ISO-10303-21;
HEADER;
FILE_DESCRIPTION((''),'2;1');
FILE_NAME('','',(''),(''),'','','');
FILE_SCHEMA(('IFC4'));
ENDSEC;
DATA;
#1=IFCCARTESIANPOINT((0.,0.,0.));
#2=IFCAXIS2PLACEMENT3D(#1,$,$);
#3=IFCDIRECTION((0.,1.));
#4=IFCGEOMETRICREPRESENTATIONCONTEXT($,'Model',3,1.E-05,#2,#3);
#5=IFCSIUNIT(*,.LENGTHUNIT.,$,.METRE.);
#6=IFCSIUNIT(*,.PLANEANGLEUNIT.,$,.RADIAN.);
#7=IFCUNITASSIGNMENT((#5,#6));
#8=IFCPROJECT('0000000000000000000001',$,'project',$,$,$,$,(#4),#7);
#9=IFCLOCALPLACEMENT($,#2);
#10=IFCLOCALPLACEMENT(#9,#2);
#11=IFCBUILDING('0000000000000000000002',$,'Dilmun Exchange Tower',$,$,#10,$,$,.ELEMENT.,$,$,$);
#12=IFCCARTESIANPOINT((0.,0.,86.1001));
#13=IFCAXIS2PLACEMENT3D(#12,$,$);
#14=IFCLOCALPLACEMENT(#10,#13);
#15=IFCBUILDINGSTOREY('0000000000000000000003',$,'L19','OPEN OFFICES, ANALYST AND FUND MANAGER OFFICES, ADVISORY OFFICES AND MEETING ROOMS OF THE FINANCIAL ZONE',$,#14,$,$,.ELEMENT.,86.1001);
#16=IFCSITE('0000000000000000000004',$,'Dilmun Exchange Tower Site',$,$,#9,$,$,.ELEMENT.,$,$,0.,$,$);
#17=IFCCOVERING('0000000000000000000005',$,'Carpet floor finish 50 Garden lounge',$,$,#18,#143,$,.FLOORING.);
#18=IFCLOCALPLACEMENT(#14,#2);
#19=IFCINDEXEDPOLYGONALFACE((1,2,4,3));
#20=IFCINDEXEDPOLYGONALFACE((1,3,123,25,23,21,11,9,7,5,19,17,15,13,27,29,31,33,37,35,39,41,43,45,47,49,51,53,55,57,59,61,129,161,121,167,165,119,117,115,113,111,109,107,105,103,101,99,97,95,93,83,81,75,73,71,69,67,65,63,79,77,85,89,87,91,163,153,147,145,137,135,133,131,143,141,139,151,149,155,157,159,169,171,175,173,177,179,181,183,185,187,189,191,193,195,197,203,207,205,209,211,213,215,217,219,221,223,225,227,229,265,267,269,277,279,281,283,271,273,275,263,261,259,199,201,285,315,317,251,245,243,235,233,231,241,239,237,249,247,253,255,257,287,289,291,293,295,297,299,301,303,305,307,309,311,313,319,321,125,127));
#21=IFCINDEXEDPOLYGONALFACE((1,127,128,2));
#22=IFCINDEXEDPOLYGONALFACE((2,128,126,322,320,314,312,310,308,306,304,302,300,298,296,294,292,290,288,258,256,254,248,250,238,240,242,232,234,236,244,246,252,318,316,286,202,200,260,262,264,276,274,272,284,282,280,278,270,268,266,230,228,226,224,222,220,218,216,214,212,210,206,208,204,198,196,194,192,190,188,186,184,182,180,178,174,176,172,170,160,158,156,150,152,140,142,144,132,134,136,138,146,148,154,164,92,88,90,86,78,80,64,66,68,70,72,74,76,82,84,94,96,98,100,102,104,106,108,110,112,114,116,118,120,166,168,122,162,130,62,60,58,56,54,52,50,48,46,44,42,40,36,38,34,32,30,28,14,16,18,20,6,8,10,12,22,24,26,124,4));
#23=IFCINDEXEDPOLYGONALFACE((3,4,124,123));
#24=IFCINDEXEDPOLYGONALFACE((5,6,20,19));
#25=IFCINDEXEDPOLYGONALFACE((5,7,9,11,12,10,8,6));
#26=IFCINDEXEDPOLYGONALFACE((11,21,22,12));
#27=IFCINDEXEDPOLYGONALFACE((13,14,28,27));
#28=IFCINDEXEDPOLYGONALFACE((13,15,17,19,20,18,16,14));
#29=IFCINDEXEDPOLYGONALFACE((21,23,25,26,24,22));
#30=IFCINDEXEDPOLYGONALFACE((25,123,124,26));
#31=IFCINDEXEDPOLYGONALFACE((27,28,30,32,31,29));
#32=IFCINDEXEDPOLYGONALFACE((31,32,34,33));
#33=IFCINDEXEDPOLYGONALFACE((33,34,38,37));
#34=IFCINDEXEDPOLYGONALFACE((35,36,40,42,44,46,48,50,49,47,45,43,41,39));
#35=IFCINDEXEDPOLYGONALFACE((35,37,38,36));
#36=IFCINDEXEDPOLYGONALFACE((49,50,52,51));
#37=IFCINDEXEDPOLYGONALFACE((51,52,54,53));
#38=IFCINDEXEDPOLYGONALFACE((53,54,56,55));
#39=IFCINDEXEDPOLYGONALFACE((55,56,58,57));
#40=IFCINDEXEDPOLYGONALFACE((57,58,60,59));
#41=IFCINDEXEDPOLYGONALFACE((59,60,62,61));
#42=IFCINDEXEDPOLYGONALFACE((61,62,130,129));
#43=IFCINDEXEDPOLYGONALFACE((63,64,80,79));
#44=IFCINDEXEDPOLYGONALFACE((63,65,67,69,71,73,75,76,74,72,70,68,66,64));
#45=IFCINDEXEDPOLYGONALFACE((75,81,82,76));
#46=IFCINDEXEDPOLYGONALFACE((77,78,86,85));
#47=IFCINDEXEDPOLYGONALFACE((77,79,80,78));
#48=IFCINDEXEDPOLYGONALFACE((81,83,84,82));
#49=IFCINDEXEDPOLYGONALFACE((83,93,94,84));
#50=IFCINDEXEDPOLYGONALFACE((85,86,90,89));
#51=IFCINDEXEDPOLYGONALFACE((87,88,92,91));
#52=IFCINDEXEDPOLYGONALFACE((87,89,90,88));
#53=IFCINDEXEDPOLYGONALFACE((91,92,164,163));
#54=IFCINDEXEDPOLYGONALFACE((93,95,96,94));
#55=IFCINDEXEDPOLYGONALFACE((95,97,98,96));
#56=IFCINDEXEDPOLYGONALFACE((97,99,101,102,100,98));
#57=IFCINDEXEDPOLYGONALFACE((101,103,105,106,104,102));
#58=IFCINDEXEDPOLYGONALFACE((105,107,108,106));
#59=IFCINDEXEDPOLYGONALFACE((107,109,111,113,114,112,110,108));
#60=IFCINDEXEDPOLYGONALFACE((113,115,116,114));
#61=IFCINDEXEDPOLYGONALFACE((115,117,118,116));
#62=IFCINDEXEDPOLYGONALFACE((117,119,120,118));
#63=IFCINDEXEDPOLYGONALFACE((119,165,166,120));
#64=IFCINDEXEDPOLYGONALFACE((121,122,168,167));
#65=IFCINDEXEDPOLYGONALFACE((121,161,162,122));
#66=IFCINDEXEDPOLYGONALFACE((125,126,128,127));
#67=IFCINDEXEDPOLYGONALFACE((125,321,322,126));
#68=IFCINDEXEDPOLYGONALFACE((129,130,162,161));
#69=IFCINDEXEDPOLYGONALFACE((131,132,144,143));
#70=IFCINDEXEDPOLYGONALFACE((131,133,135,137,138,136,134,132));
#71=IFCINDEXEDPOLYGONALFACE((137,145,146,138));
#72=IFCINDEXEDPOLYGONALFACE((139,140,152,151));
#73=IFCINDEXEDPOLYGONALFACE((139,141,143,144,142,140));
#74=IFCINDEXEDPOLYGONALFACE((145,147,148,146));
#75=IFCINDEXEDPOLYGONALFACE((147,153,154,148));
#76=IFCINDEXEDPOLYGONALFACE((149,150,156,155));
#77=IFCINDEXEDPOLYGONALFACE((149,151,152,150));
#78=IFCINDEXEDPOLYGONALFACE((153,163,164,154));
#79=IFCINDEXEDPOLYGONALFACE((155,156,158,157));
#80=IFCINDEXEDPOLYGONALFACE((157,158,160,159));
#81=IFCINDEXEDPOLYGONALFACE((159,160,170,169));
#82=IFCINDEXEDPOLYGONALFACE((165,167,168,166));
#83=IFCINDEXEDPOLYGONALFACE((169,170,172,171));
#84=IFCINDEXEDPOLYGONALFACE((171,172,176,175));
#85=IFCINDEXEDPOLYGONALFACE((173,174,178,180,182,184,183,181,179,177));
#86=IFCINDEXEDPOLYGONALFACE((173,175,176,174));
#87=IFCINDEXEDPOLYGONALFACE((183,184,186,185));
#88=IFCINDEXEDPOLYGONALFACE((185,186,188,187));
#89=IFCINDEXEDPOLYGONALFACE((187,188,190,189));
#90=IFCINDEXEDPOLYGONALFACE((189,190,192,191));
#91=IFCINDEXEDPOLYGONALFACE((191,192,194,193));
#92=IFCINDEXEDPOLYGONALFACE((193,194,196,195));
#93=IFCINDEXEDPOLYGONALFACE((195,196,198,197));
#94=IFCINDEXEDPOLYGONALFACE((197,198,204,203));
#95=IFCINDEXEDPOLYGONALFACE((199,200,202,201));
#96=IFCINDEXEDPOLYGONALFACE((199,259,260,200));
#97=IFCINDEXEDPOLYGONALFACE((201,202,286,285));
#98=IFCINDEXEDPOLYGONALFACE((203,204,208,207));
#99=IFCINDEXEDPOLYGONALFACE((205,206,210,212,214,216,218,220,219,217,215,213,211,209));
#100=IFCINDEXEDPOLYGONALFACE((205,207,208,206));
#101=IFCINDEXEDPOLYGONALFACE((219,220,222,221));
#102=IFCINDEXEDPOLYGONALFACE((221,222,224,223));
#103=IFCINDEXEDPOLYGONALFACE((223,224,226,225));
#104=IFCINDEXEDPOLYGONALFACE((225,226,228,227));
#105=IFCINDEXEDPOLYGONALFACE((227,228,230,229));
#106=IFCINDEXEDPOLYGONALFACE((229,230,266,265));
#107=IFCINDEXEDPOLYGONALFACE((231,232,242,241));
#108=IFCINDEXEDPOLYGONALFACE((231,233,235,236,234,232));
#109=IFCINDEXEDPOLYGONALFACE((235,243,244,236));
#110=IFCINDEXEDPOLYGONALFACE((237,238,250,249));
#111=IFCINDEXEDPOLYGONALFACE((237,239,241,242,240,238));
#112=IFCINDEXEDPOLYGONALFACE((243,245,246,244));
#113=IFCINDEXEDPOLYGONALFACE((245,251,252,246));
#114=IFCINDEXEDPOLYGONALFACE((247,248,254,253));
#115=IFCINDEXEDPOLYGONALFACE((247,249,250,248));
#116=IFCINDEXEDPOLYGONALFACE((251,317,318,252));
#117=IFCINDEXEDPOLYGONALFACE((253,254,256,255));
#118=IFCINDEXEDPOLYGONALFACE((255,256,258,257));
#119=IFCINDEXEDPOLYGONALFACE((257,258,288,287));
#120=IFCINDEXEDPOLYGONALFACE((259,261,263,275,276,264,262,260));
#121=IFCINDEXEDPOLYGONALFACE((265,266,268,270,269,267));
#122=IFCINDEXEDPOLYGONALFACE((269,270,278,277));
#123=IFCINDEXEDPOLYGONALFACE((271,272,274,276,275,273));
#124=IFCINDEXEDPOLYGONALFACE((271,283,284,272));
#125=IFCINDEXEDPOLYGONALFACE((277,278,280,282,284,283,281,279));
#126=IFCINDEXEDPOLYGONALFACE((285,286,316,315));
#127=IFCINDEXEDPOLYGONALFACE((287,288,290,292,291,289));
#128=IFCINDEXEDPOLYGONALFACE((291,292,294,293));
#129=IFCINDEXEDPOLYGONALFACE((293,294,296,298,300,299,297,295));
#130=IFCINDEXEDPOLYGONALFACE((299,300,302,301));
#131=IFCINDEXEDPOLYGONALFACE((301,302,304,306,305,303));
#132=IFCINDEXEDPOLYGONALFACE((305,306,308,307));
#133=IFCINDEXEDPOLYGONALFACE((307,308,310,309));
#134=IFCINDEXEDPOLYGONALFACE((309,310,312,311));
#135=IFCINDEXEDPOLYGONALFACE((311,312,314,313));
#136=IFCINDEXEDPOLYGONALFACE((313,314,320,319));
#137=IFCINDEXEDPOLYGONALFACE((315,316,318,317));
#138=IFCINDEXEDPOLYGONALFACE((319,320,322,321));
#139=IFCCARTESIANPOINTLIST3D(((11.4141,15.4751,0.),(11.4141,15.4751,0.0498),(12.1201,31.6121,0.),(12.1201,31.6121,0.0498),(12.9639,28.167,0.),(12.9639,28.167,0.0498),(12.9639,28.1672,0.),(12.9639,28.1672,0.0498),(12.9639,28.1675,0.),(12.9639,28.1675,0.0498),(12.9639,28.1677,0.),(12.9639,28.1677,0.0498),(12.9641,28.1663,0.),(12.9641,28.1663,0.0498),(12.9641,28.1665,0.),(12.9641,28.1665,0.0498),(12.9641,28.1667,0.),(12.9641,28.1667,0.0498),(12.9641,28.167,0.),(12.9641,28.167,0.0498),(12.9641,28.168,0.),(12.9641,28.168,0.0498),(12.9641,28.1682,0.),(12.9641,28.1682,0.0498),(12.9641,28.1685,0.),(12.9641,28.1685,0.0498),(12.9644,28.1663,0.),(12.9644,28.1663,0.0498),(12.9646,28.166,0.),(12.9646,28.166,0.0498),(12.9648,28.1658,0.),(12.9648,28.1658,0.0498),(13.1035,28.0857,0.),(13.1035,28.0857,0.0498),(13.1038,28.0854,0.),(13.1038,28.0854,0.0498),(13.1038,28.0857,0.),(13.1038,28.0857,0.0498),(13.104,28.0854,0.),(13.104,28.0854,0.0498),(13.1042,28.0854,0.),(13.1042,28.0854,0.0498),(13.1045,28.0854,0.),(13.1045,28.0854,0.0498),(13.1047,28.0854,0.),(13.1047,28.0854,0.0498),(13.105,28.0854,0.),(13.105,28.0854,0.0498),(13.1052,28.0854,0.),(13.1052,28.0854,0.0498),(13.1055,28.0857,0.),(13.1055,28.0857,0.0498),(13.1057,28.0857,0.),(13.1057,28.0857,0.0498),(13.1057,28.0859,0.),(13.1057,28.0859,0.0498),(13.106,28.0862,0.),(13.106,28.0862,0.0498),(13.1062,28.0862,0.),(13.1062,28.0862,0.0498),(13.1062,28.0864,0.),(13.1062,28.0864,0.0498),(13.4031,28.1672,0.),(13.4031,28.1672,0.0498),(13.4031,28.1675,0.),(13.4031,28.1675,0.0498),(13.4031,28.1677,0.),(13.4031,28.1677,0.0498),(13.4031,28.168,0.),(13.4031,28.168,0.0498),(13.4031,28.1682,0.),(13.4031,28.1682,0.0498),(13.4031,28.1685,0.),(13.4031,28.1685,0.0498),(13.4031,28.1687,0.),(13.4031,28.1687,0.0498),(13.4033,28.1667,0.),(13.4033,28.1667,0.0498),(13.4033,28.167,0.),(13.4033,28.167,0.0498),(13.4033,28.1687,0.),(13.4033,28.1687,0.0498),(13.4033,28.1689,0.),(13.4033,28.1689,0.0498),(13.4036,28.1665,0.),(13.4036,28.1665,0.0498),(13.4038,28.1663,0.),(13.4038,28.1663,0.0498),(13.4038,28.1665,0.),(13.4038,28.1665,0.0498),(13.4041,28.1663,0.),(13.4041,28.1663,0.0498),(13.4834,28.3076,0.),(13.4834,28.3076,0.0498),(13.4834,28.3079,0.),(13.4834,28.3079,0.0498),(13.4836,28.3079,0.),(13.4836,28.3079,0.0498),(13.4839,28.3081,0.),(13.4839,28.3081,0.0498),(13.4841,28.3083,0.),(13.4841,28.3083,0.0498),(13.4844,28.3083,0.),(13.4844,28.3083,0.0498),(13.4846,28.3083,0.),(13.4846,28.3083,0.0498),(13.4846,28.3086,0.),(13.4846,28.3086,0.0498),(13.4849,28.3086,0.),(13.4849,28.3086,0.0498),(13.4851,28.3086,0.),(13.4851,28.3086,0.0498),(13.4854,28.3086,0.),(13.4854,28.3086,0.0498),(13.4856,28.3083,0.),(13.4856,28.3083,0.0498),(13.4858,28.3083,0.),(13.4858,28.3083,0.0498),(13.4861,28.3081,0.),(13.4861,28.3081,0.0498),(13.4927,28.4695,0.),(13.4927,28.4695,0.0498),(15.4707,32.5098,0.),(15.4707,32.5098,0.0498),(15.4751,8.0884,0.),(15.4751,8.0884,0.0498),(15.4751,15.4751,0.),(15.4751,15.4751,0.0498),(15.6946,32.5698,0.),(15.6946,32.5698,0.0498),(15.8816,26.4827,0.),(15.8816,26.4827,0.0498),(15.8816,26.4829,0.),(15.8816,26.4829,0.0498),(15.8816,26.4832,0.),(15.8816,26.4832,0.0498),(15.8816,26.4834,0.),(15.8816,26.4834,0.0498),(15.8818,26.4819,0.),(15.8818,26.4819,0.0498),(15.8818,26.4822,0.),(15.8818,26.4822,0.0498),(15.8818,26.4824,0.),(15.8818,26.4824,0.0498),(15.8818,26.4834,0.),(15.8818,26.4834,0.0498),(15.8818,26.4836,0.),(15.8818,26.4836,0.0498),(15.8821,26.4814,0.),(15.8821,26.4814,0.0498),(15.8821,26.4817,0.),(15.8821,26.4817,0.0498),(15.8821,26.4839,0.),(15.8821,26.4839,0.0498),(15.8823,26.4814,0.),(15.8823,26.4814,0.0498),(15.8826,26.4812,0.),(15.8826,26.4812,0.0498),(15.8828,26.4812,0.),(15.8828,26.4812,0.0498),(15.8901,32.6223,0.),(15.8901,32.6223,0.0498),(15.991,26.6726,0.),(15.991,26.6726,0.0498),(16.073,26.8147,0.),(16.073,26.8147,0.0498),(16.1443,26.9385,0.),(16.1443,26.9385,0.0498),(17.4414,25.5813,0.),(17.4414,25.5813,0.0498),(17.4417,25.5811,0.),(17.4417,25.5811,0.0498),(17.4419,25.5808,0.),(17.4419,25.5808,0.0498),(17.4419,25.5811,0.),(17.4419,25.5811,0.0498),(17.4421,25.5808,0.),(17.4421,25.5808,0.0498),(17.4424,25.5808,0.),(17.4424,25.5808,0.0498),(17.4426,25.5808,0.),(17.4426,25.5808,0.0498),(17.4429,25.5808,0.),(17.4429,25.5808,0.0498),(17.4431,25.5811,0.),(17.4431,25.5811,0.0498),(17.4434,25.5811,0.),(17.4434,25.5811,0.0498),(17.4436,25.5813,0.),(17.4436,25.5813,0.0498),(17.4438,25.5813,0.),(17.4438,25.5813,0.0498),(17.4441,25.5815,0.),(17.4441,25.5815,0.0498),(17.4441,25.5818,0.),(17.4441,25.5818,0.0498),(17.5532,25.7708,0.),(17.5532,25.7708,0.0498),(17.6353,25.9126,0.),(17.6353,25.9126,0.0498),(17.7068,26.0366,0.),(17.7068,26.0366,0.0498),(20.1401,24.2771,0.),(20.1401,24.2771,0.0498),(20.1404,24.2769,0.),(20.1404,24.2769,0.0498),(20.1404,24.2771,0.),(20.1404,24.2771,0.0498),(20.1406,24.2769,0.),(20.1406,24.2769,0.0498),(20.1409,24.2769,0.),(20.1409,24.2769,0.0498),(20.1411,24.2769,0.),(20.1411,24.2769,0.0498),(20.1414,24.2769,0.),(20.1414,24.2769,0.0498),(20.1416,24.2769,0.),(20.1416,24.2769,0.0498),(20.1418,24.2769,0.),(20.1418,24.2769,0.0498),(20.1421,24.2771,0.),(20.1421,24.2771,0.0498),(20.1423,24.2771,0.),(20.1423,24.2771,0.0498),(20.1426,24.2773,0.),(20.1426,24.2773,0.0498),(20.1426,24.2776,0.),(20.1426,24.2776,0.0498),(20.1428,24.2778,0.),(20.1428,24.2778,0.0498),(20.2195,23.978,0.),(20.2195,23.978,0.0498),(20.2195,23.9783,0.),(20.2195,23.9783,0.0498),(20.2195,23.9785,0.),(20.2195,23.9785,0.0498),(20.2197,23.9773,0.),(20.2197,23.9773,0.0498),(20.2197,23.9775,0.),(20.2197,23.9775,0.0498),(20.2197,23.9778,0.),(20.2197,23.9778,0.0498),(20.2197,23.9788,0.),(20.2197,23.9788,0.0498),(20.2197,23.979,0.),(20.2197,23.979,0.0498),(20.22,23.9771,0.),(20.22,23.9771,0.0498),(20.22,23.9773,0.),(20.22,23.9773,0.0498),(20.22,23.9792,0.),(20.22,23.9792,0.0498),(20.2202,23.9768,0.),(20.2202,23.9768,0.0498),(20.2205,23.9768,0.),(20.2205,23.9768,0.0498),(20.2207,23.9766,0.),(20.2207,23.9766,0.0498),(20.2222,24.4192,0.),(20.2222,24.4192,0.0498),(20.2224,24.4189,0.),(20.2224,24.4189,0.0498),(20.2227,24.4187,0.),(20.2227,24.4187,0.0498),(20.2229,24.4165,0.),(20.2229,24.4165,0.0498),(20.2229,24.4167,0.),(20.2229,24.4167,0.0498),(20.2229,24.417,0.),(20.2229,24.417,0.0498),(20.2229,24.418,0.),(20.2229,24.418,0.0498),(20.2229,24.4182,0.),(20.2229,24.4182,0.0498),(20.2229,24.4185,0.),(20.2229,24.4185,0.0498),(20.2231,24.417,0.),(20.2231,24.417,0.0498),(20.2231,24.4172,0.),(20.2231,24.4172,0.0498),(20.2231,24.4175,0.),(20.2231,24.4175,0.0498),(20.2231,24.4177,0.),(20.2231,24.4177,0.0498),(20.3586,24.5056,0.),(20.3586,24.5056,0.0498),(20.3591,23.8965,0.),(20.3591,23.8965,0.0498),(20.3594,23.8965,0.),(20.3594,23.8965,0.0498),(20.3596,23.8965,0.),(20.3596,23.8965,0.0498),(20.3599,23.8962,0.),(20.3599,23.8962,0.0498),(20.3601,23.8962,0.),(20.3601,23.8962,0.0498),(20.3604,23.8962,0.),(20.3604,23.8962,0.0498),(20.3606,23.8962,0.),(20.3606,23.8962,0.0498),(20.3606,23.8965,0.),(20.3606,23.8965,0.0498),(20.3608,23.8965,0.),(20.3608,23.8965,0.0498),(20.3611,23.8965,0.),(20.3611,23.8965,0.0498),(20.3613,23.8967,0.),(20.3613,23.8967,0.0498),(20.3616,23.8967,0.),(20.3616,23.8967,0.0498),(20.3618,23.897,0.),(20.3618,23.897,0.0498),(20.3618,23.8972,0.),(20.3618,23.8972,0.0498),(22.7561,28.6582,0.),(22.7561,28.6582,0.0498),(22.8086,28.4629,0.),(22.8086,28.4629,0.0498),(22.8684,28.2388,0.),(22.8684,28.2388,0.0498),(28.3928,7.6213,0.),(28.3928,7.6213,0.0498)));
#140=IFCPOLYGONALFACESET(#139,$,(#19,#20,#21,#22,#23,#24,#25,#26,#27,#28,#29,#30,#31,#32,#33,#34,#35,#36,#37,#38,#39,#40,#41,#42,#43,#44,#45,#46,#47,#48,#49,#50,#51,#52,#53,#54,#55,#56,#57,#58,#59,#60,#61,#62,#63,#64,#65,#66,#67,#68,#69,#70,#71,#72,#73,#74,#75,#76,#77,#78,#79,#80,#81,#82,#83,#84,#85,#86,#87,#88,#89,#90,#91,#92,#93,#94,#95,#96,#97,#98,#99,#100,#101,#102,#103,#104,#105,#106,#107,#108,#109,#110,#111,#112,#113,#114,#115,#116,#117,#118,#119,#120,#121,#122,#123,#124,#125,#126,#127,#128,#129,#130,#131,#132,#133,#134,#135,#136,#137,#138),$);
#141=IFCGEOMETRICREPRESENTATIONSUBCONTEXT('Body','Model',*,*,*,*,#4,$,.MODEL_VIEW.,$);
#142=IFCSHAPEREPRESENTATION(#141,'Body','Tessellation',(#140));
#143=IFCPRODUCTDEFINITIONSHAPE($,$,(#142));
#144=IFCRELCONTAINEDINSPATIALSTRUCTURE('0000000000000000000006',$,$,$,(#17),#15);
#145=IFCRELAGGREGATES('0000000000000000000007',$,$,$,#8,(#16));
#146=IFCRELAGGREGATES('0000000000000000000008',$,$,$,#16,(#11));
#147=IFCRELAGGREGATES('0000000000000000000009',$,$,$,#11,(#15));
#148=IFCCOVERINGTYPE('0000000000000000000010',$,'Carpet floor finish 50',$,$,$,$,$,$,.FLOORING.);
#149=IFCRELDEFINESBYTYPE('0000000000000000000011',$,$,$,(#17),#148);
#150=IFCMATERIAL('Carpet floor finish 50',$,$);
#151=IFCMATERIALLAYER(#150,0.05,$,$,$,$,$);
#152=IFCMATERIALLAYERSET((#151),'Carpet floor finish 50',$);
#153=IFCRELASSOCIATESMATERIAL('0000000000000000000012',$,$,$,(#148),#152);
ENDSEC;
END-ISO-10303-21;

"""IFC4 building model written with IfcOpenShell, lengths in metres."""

from ifc_helpers import new_model, si_unit, direction, frame, origin, place, context, subcontext, project, spatial, polyline, outline, extrude, material, layer, layer_set, type_object, element, save


model = new_model("IFC4")

# Units and contexts
model_context = context("Model", 3, precision=1e-05, world=origin(), true_north=direction((0.0, 1.0)))
body_context = subcontext(model_context, "Body", "Model", "MODEL_VIEW")
ifc_project = project(units=[si_unit("LENGTHUNIT", "METRE"), si_unit("PLANEANGLEUNIT", "RADIAN")], contexts=[model_context])

# Site, building, storey
site_placement = place(None, origin())
site = spatial("IfcSite", under=ifc_project, at=site_placement, Name="Dilmun Exchange Tower Site", CompositionType="ELEMENT", RefElevation=0.0)
building_placement = place(site_placement, origin())
building = spatial("IfcBuilding", under=site, at=building_placement, Name="Dilmun Exchange Tower", CompositionType="ELEMENT")
storey_placement = place(building_placement, frame((0.0, 0.0, 86.1001)))
storey = spatial("IfcBuildingStorey", under=building, at=storey_placement, Name="L19", Description="OPEN OFFICES, ANALYST AND FUND MANAGER OFFICES, ADVISORY OFFICES AND MEETING ROOMS OF THE FINANCIAL ZONE", CompositionType="ELEMENT", Elevation=86.1001)

# Covering
ifc_material_1 = material(Name="Carpet floor finish 50")
ifc_layer_1 = layer(ifc_material_1, 0.05)
ifc_layer_set_1 = layer_set([ifc_layer_1], Name="Carpet floor finish 50")
covering_type_1 = type_object("IfcCoveringType", Name="Carpet floor finish 50", PredefinedType="FLOORING", material=ifc_layer_set_1)
covering_1_placement = place(storey_placement, origin())
element("IfcCovering", 1, at=covering_1_placement, inside=storey, type_object=covering_type_1, Name="Carpet floor finish 50 Garden lounge", PredefinedType="FLOORING", context=body_context, shape_type="SweptSolid", body=[
    extrude(outline(polyline([(13.4927, 28.4695), (16.1443, 26.9385), (16.073, 26.8147), (13.4861, 28.3081), (13.4858, 28.3083), (13.4856, 28.3083), (13.4856, 28.3083), (13.4854, 28.3086), (13.4851, 28.3086), (13.4849, 28.3086), (13.4846, 28.3086), (13.4846, 28.3083), (13.4844, 28.3083), (13.4841, 28.3083), (13.4839, 28.3081), (13.4839, 28.3081), (13.4836, 28.3079), (13.4834, 28.3079), (13.4834, 28.3076), (13.4834, 28.3076), (13.4033, 28.1689), (13.4033, 28.1687), (13.4031, 28.1687), (13.4031, 28.1685), (13.4031, 28.1682), (13.4031, 28.168), (13.4031, 28.1677), (13.4031, 28.1675), (13.4031, 28.1675), (13.4031, 28.1672), (13.4033, 28.167), (13.4033, 28.167), (13.4033, 28.1667), (13.4036, 28.1665), (13.4038, 28.1665), (13.4038, 28.1663), (13.4041, 28.1663), (15.991, 26.6726), (15.8821, 26.4839), (15.8818, 26.4836), (15.8818, 26.4834), (15.8816, 26.4834), (15.8816, 26.4832), (15.8816, 26.4829), (15.8816, 26.4829), (15.8816, 26.4827), (15.8818, 26.4824), (15.8818, 26.4822), (15.8818, 26.4819), (15.8821, 26.4817), (15.8821, 26.4817), (15.8821, 26.4814), (15.8823, 26.4814), (15.8826, 26.4812), (15.8828, 26.4812), (17.4414, 25.5813), (17.4417, 25.5811), (17.4419, 25.5811), (17.4419, 25.5808), (17.4421, 25.5808), (17.4424, 25.5808), (17.4426, 25.5808), (17.4429, 25.5808), (17.4431, 25.5811), (17.4431, 25.5811), (17.4434, 25.5811), (17.4436, 25.5813), (17.4436, 25.5813), (17.4438, 25.5813), (17.4441, 25.5815), (17.4441, 25.5818), (17.4441, 25.5818), (17.5532, 25.7708), (20.1401, 24.2771), (20.1404, 24.2771), (20.1404, 24.2769), (20.1406, 24.2769), (20.1409, 24.2769), (20.1411, 24.2769), (20.1411, 24.2769), (20.1414, 24.2769), (20.1416, 24.2769), (20.1418, 24.2769), (20.1421, 24.2771), (20.1421, 24.2771), (20.1423, 24.2771), (20.1426, 24.2773), (20.1426, 24.2776), (20.1426, 24.2776), (20.1428, 24.2778), (20.2229, 24.4165), (20.2229, 24.4165), (20.2229, 24.4167), (20.2229, 24.417), (20.2231, 24.417), (20.2231, 24.4172), (20.2231, 24.4175), (20.2231, 24.4177), (20.2229, 24.418), (20.2229, 24.4182), (20.2229, 24.4182), (20.2229, 24.4185), (20.2227, 24.4187), (20.2227, 24.4187), (20.2224, 24.4189), (20.2224, 24.4189), (20.2222, 24.4192), (17.6353, 25.9126), (17.7068, 26.0366), (20.3586, 24.5056), (22.7561, 28.6582), (22.8086, 28.4629), (20.22, 23.9792), (20.2197, 23.979), (20.2197, 23.979), (20.2197, 23.9788), (20.2195, 23.9785), (20.2195, 23.9785), (20.2195, 23.9783), (20.2195, 23.978), (20.2197, 23.9778), (20.2197, 23.9775), (20.2197, 23.9773), (20.22, 23.9773), (20.22, 23.9771), (20.2202, 23.9768), (20.2202, 23.9768), (20.2205, 23.9768), (20.2207, 23.9766), (20.3591, 23.8965), (20.3594, 23.8965), (20.3596, 23.8965), (20.3596, 23.8965), (20.3599, 23.8962), (20.3601, 23.8962), (20.3604, 23.8962), (20.3606, 23.8962), (20.3606, 23.8965), (20.3608, 23.8965), (20.3611, 23.8965), (20.3611, 23.8965), (20.3613, 23.8967), (20.3616, 23.8967), (20.3618, 23.897), (20.3618, 23.8972), (20.3618, 23.8972), (22.8684, 28.2388), (28.3928, 7.6213), (15.4751, 8.0884), (15.4751, 15.4751), (11.4141, 15.4751), (12.1201, 31.6121), (15.4707, 32.5098), (12.9641, 28.1685), (12.9641, 28.1682), (12.9641, 28.168), (12.9641, 28.168), (12.9639, 28.1677), (12.9639, 28.1675), (12.9639, 28.1672), (12.9639, 28.167), (12.9641, 28.167), (12.9641, 28.1667), (12.9641, 28.1665), (12.9641, 28.1663), (12.9644, 28.1663), (12.9646, 28.166), (12.9646, 28.166), (12.9648, 28.1658), (12.9648, 28.1658), (13.1035, 28.0857), (13.1038, 28.0857), (13.1038, 28.0854), (13.104, 28.0854), (13.1042, 28.0854), (13.1045, 28.0854), (13.1045, 28.0854), (13.1047, 28.0854), (13.105, 28.0854), (13.1052, 28.0854), (13.1055, 28.0857), (13.1055, 28.0857), (13.1057, 28.0857), (13.1057, 28.0859), (13.106, 28.0862), (13.1062, 28.0862), (13.1062, 28.0864), (15.6946, 32.5698), (15.8901, 32.6223), (13.4927, 28.4695)])), origin(), (0.0, 0.0, 1.0), 0.0498),
])

save(model, "model.ifc")
